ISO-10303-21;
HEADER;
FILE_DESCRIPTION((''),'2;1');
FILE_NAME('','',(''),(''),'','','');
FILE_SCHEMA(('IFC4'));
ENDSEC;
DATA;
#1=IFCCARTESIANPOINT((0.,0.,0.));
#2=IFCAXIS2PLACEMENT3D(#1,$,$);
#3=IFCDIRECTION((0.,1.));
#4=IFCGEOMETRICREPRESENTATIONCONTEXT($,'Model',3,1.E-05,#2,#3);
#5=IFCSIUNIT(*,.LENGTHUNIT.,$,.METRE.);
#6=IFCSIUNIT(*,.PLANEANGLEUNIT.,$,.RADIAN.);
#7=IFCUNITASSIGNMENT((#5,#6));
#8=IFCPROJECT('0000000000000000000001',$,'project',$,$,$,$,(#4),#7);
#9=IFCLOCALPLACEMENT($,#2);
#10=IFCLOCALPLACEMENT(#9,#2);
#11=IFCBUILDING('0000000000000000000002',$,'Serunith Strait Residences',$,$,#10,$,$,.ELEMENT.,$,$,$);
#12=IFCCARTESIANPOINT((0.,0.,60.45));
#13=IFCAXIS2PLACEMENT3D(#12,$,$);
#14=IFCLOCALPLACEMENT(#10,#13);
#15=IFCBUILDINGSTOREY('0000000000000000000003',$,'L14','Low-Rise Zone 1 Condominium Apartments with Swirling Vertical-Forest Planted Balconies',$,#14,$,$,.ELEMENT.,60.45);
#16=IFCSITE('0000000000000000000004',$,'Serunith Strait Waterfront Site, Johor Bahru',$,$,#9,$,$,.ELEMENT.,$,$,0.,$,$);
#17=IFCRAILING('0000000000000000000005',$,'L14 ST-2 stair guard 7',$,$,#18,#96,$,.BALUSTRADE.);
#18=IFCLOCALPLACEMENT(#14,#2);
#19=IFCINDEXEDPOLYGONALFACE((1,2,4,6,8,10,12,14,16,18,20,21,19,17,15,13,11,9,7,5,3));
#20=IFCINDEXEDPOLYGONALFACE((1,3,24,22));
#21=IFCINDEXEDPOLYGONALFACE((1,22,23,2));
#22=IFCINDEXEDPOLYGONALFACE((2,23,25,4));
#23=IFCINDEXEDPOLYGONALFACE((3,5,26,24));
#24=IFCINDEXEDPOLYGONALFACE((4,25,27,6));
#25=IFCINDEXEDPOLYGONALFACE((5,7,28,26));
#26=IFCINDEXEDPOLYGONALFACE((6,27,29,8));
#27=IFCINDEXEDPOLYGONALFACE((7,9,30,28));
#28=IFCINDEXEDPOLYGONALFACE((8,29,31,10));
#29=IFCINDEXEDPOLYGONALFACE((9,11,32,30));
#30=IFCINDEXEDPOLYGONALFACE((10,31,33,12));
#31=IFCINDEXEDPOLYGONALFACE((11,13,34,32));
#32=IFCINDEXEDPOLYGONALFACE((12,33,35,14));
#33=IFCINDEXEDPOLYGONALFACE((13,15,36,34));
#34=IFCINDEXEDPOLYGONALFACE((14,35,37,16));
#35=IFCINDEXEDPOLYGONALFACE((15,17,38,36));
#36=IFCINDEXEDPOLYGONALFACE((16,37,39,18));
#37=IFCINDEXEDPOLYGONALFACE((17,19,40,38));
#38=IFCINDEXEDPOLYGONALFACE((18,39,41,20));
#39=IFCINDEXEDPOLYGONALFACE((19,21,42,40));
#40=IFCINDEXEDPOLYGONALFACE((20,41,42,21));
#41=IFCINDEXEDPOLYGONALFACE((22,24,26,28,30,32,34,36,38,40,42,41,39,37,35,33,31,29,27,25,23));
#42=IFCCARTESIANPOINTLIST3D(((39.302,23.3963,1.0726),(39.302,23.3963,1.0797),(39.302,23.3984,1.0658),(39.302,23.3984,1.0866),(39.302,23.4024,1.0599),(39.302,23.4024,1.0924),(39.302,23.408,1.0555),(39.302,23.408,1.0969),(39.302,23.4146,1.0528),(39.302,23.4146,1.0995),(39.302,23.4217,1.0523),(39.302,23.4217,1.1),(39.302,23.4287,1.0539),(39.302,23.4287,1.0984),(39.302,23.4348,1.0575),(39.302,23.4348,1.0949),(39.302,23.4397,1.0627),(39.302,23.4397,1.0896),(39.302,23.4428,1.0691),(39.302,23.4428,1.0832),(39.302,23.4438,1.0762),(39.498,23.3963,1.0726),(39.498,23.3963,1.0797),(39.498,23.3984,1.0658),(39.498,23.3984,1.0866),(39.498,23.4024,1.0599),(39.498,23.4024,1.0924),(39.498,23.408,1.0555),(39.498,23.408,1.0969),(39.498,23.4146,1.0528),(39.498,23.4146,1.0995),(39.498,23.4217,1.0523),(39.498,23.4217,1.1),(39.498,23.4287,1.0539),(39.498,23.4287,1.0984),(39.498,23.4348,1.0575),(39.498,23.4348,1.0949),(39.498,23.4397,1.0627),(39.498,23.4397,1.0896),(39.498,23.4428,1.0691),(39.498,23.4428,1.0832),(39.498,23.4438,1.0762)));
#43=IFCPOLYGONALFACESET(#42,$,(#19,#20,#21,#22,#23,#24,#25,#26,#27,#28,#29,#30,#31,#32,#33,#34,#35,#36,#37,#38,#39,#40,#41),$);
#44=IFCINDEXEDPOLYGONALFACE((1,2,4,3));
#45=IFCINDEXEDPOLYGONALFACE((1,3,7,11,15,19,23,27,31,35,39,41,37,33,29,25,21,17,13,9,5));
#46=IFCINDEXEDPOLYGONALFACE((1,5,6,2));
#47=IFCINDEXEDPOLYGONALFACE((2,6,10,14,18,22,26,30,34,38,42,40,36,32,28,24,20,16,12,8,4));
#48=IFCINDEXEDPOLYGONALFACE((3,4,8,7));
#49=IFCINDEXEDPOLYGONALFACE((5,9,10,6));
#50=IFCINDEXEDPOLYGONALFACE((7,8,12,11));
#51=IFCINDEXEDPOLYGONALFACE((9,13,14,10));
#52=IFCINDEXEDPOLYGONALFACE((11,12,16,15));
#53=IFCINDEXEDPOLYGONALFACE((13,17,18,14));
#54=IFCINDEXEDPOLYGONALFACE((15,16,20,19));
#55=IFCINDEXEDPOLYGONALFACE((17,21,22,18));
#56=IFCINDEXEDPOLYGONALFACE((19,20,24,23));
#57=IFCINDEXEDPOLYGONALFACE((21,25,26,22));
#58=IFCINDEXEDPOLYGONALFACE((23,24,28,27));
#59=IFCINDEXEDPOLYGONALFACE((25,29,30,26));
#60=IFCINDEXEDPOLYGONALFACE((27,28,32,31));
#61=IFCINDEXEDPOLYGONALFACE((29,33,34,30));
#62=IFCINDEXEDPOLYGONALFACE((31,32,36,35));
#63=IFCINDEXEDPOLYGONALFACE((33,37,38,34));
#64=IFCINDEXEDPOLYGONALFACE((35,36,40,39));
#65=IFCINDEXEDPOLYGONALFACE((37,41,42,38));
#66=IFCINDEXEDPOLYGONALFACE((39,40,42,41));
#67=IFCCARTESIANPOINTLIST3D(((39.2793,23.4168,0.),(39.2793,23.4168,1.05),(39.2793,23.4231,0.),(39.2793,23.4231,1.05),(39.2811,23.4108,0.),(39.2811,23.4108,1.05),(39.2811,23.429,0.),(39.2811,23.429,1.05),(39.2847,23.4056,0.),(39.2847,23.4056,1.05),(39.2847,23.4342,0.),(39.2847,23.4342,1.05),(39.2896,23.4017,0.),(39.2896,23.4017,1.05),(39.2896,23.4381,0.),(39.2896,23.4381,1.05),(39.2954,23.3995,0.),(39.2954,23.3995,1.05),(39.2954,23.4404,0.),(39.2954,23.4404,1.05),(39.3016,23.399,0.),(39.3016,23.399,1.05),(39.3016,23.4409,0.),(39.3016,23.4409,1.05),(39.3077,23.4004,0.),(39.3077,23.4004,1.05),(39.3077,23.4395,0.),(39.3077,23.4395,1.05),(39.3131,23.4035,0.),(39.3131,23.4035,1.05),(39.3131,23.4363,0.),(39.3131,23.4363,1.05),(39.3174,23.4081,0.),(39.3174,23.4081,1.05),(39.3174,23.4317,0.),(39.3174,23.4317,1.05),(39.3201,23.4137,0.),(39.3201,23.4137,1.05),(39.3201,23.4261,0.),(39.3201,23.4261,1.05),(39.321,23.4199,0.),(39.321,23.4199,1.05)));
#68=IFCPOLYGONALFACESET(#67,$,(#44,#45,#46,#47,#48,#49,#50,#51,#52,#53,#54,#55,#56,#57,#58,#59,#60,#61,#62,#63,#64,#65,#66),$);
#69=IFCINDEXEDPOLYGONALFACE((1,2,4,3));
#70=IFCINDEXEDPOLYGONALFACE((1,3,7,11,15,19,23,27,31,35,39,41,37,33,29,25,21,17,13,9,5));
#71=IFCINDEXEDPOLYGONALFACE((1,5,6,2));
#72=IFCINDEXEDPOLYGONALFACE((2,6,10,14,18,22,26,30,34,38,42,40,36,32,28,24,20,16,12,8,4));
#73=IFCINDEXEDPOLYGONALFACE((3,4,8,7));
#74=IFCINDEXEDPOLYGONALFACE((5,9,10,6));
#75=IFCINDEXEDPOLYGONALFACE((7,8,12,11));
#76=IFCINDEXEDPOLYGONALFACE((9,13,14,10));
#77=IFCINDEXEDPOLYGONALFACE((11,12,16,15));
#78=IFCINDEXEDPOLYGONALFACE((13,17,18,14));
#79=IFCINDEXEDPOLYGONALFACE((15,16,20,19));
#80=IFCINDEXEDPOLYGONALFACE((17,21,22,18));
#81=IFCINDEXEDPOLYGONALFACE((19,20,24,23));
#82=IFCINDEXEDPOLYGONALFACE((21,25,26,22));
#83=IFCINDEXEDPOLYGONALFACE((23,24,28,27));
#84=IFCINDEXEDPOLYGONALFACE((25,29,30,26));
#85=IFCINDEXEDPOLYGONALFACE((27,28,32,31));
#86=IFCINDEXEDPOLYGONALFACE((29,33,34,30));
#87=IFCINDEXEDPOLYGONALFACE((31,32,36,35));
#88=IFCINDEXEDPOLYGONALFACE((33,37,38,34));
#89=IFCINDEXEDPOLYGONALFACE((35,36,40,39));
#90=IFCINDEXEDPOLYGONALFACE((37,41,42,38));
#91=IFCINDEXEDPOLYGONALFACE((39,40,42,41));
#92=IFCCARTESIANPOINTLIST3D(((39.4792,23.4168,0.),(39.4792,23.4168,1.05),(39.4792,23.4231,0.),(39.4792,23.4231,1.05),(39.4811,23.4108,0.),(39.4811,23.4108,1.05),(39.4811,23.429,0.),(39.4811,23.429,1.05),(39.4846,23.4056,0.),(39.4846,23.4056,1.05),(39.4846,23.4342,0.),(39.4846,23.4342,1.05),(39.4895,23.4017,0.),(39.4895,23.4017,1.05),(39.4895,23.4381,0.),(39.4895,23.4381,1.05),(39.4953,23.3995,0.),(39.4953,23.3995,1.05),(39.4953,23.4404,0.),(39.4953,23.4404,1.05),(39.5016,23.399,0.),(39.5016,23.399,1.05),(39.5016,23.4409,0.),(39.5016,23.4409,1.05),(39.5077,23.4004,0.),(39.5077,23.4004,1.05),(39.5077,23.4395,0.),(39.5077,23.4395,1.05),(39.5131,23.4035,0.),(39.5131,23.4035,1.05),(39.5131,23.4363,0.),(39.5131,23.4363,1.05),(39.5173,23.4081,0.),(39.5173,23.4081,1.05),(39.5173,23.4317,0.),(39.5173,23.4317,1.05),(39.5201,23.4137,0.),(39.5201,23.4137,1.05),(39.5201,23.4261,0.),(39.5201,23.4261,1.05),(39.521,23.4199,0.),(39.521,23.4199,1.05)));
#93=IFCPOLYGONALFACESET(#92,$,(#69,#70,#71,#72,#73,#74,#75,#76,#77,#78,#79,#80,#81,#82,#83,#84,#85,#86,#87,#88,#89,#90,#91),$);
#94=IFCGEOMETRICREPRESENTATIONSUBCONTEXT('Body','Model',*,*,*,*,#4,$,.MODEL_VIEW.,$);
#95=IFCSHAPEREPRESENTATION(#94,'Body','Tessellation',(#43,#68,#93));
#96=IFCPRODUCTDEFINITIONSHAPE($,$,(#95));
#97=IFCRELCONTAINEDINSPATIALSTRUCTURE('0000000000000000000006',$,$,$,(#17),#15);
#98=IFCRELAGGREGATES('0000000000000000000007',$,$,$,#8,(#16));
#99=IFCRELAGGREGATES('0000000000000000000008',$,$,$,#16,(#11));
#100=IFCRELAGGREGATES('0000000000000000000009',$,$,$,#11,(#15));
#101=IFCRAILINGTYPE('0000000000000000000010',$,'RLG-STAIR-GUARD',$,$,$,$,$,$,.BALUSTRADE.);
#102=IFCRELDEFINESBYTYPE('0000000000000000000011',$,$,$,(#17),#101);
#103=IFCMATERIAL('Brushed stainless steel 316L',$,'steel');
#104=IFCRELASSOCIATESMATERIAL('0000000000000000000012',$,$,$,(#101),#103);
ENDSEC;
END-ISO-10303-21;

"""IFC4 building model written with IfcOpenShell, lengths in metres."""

from ifc_helpers import new_model, si_unit, direction, frame, origin, origin_2d, place, context, subcontext, project, spatial, circle, extrude, material, type_object, element, save


model = new_model("IFC4")

# Units and contexts
model_context = context("Model", 3, precision=1e-05, world=origin(), true_north=direction((0.0, 1.0)))
body_context = subcontext(model_context, "Body", "Model", "MODEL_VIEW")
ifc_project = project(units=[si_unit("LENGTHUNIT", "METRE"), si_unit("PLANEANGLEUNIT", "RADIAN")], contexts=[model_context])

# Site, building, storey
site_placement = place(None, origin())
site = spatial("IfcSite", under=ifc_project, at=site_placement, Name="Serunith Strait Waterfront Site, Johor Bahru", CompositionType="ELEMENT", RefElevation=0.0)
building_placement = place(site_placement, origin())
building = spatial("IfcBuilding", under=site, at=building_placement, Name="Serunith Strait Residences", CompositionType="ELEMENT")
storey_placement = place(building_placement, frame((0.0, 0.0, 60.45)))
storey = spatial("IfcBuildingStorey", under=building, at=storey_placement, Name="L14", Description="Low-Rise Zone 1 Condominium Apartments with Swirling Vertical-Forest Planted Balconies", CompositionType="ELEMENT", Elevation=60.45)

# Railing
ifc_material_1 = material(Name="Brushed stainless steel 316L", Category="steel")
railing_type_1 = type_object("IfcRailingType", Name="RLG-STAIR-GUARD", PredefinedType="BALUSTRADE", material=ifc_material_1)
railing_1_placement = place(storey_placement, frame((39.3, 23.4199, 0.0)))
element("IfcRailing", 1, at=railing_1_placement, inside=storey, type_object=railing_type_1, Name="L14 ST-2 stair guard 7", PredefinedType="BALUSTRADE", context=body_context, shape_type="SweptSolid", body=[
    extrude(circle(Radius=0.0239, at=origin_2d()), frame((0.002, 0.0, 1.0762), z_axis=(1.0, 0.0, 0.0), x_axis=(0.0, 1.0, 0.0)), (0.0, 0.0, 1.0), 0.196),
    extrude(circle(Radius=0.021, at=origin_2d()), origin(), (0.0, 0.0, 1.0), 1.05),
    extrude(circle(Radius=0.021, at=origin_2d()), frame((0.2, 0.0, 0.0)), (0.0, 0.0, 1.0), 1.05),
])

save(model, "model.ifc")
